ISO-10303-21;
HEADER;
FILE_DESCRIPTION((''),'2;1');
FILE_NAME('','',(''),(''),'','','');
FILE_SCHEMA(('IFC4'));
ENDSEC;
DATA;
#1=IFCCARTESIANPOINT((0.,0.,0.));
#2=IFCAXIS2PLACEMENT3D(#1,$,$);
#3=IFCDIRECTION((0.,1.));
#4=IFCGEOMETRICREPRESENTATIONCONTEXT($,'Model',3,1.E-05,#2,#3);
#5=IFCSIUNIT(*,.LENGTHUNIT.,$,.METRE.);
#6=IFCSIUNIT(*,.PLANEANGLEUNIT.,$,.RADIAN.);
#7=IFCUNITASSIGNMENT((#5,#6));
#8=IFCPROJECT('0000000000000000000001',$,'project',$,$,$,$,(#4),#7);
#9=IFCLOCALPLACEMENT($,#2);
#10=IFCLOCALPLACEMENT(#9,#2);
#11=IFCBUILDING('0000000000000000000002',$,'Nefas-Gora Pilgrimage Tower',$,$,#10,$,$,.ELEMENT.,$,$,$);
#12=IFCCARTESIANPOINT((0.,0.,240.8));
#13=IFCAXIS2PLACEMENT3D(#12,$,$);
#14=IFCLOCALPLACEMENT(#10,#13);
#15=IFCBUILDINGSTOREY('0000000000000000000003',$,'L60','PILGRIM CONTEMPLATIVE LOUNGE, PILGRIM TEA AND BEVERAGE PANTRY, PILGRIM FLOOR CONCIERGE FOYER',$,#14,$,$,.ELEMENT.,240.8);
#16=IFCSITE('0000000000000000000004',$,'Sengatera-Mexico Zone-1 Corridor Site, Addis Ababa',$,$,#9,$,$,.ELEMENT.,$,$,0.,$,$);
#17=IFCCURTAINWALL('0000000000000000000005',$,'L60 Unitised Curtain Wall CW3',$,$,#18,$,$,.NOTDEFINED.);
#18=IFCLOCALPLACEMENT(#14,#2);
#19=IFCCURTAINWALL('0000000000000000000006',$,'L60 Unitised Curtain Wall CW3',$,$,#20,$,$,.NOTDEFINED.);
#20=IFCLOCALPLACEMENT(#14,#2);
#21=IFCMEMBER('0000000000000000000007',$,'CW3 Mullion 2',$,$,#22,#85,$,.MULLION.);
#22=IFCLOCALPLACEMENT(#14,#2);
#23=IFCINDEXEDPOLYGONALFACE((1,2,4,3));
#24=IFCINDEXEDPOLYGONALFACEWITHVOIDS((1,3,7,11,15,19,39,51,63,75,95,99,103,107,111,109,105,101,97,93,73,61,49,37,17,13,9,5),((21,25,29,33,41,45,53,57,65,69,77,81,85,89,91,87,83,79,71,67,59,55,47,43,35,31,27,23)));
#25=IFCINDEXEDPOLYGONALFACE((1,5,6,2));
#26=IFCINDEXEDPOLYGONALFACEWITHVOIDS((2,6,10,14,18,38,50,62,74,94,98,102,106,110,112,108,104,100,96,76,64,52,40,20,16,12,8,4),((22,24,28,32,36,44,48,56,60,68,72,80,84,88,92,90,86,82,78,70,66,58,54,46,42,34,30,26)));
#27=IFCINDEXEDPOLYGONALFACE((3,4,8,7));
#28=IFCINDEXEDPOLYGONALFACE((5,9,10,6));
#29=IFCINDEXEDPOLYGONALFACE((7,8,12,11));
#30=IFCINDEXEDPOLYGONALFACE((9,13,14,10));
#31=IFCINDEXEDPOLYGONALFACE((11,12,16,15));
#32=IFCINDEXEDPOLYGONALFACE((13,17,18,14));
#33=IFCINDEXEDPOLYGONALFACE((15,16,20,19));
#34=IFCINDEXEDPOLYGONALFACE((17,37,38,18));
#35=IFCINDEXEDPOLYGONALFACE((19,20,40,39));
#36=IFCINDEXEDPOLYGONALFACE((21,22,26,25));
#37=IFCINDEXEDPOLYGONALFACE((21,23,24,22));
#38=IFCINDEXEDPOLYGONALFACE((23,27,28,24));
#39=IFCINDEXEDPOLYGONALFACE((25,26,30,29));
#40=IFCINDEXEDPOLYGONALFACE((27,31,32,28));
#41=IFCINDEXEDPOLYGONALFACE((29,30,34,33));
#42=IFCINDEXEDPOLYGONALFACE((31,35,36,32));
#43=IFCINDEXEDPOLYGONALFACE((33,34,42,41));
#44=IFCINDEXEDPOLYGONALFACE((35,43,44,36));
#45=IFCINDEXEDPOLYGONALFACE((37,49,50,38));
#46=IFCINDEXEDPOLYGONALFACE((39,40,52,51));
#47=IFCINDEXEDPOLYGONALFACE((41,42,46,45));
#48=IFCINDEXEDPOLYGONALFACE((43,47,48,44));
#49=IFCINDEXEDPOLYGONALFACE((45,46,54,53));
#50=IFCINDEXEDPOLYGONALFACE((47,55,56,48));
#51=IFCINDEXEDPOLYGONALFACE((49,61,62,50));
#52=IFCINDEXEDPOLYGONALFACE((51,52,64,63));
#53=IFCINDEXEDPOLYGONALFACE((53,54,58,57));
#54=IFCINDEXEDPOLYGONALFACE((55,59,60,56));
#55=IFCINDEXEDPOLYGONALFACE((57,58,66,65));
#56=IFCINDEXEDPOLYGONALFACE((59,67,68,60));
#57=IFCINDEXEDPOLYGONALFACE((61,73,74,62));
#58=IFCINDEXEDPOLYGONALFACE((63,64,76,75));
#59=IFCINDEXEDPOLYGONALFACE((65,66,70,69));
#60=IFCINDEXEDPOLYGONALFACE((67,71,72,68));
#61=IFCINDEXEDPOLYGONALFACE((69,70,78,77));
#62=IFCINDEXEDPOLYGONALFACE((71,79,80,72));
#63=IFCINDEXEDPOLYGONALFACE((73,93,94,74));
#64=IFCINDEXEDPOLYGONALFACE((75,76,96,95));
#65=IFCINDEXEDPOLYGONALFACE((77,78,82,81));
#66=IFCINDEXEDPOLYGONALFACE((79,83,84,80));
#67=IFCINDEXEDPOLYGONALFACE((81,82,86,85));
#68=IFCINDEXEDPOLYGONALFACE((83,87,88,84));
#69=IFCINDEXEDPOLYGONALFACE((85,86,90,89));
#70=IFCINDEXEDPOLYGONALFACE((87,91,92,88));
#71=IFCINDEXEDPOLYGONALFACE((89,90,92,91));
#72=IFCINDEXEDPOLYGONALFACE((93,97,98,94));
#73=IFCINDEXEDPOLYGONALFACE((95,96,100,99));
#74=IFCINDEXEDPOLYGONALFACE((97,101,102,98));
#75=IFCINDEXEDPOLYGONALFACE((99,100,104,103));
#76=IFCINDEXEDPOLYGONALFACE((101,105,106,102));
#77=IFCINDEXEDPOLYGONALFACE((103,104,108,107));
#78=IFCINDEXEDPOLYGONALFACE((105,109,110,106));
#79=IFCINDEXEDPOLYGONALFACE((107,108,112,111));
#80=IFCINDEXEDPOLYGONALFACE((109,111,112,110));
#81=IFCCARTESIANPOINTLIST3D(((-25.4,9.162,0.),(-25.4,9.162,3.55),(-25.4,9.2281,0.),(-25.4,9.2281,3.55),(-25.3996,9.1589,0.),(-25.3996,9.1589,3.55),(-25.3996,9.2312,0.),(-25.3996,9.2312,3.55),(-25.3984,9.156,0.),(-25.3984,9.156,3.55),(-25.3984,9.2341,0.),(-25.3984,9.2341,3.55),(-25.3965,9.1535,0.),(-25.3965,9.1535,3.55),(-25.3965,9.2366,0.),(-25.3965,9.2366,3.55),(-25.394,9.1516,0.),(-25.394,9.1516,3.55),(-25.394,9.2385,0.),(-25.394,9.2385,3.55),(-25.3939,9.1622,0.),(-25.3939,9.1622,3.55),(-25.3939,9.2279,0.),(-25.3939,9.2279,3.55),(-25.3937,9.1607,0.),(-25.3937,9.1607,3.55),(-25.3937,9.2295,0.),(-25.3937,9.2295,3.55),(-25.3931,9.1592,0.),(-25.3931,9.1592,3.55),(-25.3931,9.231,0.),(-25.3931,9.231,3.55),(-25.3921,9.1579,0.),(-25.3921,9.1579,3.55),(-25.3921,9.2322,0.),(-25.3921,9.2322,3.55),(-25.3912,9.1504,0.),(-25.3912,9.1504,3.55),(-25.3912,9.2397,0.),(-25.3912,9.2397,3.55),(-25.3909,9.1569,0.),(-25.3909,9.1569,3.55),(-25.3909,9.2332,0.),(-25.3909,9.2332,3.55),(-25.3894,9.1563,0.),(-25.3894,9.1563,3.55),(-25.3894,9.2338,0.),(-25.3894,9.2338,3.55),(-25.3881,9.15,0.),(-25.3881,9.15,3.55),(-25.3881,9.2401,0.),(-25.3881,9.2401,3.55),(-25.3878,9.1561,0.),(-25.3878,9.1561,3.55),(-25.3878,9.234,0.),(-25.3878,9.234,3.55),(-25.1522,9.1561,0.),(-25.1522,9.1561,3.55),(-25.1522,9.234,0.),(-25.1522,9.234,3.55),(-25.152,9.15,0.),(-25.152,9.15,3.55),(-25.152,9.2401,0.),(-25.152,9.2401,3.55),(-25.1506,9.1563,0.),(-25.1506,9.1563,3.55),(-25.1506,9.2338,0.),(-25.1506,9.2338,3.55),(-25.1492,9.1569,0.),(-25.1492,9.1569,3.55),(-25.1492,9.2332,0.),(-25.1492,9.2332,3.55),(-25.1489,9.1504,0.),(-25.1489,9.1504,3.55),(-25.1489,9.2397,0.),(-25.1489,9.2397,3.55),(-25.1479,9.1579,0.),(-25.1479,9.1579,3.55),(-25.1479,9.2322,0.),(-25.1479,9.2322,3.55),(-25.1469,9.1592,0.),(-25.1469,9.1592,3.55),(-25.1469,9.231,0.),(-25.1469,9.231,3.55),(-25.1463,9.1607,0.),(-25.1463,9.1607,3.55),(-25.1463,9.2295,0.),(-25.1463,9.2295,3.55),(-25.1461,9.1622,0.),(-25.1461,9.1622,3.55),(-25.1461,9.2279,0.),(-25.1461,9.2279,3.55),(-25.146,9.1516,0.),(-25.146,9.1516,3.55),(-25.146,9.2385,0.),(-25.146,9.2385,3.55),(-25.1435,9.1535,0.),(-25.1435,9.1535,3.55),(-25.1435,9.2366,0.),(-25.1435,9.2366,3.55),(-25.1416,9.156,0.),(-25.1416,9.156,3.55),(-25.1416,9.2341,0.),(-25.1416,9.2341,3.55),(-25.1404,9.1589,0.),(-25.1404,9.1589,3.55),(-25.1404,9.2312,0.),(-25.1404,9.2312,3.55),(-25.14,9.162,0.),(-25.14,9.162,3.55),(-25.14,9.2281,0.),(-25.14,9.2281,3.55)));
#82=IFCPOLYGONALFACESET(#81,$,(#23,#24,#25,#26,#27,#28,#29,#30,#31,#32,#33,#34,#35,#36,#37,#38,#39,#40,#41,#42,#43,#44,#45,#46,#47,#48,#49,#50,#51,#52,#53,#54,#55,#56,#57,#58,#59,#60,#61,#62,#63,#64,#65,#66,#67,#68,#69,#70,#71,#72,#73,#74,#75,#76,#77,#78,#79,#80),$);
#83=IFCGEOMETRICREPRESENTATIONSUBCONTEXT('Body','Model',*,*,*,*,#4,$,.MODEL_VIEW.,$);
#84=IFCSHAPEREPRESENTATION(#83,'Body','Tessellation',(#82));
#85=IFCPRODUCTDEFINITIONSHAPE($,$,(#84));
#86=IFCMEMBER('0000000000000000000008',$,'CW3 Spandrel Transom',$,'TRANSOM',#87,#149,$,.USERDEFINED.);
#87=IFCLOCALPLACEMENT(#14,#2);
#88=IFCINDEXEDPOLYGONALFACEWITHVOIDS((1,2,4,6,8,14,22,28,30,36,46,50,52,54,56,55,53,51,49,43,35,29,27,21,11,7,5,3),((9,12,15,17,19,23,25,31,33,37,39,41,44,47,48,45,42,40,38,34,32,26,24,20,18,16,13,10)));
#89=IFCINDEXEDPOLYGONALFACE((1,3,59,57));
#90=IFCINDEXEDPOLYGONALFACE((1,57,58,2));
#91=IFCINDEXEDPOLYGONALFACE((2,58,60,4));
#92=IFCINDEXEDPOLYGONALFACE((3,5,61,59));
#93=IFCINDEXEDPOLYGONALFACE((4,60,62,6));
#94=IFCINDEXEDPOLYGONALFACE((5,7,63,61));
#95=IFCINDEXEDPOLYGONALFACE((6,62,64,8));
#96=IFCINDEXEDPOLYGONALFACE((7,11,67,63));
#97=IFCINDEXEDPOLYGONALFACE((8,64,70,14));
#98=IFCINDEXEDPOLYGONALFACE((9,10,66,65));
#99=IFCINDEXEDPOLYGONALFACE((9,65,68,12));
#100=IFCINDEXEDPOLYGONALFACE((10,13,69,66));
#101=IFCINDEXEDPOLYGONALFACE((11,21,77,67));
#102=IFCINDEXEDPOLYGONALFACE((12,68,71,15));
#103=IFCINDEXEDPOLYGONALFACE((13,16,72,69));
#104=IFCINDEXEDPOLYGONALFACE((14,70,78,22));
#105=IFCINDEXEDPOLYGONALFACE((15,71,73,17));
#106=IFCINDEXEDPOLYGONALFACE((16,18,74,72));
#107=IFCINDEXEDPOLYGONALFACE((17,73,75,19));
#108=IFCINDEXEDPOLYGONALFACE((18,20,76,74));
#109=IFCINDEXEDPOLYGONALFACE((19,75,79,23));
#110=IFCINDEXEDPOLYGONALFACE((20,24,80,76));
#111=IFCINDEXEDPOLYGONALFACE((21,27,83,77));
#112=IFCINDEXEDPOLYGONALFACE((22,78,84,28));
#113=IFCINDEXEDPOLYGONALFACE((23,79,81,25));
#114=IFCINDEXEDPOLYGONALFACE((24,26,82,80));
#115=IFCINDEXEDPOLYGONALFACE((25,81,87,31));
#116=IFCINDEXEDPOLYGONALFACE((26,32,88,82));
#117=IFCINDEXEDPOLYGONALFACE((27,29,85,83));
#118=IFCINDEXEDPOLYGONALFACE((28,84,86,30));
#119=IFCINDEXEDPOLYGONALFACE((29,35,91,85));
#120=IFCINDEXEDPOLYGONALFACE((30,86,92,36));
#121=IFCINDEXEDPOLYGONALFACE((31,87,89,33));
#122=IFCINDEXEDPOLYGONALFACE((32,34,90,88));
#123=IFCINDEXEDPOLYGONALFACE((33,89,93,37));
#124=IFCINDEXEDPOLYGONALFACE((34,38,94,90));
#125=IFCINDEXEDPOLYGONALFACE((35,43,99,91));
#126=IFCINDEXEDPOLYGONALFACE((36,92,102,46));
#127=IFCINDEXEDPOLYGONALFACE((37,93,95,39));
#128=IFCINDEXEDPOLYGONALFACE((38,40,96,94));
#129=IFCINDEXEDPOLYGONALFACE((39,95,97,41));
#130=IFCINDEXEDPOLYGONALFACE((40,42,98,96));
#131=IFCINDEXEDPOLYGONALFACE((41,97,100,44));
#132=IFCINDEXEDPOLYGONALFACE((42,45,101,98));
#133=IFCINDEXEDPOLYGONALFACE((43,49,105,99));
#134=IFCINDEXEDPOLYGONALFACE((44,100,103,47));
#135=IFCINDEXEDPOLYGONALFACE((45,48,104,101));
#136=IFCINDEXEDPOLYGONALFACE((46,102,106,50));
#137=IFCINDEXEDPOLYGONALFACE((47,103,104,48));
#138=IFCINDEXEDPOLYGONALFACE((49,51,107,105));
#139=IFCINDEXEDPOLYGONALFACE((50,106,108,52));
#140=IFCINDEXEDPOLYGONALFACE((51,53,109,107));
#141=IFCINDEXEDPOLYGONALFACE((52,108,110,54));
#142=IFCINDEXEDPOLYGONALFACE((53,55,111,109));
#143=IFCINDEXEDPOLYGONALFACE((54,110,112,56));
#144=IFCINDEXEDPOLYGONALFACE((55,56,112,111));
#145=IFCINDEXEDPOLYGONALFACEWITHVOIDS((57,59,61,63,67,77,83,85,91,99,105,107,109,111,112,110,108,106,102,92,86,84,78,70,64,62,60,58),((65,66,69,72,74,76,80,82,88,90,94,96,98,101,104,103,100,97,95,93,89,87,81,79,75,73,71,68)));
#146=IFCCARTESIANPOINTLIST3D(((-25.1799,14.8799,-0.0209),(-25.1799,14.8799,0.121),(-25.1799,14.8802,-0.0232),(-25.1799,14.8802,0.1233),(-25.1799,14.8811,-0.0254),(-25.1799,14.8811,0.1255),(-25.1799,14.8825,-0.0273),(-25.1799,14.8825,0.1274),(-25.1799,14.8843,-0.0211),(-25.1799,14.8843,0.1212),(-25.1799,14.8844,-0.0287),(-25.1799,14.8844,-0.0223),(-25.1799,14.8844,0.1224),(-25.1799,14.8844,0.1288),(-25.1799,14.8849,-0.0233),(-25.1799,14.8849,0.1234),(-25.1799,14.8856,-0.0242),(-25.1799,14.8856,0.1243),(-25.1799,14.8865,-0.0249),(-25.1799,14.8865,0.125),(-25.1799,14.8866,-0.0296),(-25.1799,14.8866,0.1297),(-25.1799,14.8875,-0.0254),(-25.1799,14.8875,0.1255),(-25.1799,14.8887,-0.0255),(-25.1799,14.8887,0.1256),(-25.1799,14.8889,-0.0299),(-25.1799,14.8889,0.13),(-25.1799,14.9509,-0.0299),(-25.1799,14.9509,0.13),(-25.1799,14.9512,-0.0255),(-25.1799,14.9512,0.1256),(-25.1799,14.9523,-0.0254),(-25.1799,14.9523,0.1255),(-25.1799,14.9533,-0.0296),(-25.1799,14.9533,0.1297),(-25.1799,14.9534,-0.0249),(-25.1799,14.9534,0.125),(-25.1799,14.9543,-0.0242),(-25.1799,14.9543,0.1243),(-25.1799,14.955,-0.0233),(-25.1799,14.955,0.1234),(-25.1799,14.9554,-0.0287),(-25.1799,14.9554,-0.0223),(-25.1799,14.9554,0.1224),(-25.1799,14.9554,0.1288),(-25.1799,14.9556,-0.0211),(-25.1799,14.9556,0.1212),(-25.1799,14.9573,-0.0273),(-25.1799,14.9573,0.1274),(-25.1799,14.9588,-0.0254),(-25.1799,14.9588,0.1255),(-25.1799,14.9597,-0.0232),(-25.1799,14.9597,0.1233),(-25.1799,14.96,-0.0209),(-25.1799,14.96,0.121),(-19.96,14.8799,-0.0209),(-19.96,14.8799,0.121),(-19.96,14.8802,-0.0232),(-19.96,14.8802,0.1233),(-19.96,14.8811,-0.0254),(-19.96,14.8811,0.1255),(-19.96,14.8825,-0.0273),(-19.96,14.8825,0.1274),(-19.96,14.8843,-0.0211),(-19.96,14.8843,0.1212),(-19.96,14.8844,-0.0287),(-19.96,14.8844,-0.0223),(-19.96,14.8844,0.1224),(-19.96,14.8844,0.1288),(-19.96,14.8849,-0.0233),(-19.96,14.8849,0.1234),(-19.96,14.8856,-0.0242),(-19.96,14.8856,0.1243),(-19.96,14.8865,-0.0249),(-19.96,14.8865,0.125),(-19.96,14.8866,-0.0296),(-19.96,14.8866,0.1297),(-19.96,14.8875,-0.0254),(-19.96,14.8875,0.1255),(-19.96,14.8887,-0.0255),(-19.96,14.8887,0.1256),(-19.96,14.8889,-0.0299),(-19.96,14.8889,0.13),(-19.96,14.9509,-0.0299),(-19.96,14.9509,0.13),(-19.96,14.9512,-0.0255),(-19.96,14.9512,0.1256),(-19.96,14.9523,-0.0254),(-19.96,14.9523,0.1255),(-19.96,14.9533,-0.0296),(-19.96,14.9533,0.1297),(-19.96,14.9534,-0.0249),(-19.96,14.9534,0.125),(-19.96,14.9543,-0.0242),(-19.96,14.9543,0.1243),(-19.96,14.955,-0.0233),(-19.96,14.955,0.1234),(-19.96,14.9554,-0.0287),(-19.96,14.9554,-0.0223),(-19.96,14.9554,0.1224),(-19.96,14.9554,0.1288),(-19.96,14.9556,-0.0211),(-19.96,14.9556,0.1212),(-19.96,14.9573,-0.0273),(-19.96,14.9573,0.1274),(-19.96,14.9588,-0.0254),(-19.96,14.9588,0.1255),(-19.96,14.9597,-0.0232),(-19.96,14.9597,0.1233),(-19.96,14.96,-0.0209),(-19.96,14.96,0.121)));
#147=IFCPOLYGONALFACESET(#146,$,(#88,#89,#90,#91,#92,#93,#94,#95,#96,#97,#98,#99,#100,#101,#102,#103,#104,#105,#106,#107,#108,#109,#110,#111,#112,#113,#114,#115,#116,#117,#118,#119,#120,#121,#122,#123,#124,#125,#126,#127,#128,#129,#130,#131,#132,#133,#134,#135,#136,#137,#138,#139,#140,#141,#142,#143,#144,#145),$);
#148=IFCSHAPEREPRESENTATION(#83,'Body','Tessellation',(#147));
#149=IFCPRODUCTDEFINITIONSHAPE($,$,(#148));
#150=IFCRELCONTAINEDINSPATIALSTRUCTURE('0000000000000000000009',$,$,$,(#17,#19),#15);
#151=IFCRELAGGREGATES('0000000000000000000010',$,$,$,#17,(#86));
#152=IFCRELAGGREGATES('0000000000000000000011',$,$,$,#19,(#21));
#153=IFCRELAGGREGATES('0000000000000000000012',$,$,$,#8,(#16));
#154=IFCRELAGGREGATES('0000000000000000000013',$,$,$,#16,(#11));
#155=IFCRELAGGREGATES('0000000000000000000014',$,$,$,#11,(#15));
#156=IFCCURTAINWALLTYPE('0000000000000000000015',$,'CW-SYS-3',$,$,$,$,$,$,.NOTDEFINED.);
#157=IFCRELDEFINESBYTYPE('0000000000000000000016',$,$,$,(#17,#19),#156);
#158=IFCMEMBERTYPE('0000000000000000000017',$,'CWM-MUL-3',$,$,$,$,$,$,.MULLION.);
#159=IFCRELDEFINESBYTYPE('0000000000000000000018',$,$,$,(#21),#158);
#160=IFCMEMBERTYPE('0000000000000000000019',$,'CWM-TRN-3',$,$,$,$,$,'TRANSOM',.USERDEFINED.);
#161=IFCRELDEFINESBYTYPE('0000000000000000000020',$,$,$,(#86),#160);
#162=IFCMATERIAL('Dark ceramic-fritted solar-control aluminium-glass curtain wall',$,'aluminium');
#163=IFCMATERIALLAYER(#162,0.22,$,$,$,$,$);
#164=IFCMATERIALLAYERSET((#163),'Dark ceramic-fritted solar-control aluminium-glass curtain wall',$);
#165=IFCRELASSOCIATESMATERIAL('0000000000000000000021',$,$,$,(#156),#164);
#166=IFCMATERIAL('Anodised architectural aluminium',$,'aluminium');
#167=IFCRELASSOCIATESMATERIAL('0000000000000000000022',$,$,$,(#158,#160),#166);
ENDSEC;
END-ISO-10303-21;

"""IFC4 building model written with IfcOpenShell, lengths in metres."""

from ifc_helpers import new_model, si_unit, direction, frame, origin, origin_2d, place, context, subcontext, project, spatial, hollow_rectangle, extrude, source, transform, mapped, material, layer, layer_set, material_profile, profile_set, type_object, element, aggregate, save


model = new_model("IFC4")

# Units and contexts
model_context = context("Model", 3, precision=1e-05, world=origin(), true_north=direction((0.0, 1.0)))
body_context = subcontext(model_context, "Body", "Model", "MODEL_VIEW")
ifc_project = project(units=[si_unit("LENGTHUNIT", "METRE"), si_unit("PLANEANGLEUNIT", "RADIAN")], contexts=[model_context])

# Site, building, storey
site_placement = place(None, origin())
site = spatial("IfcSite", under=ifc_project, at=site_placement, Name="Sengatera-Mexico Zone-1 Corridor Site, Addis Ababa", CompositionType="ELEMENT", RefElevation=0.0)
building_placement = place(site_placement, origin())
building = spatial("IfcBuilding", under=site, at=building_placement, Name="Nefas-Gora Pilgrimage Tower", CompositionType="ELEMENT")
storey_placement = place(building_placement, frame((0.0, 0.0, 240.8)))
storey = spatial("IfcBuildingStorey", under=building, at=storey_placement, Name="L60", Description="PILGRIM CONTEMPLATIVE LOUNGE, PILGRIM TEA AND BEVERAGE PANTRY, PILGRIM FLOOR CONCIERGE FOYER", CompositionType="ELEMENT", Elevation=240.8)

# Shared definitions
ifc_material_1 = material(Name="Dark ceramic-fritted solar-control aluminium-glass curtain wall", Category="aluminium")
ifc_material_2 = material(Name="Anodised architectural aluminium", Category="aluminium")

# Curtain walls, member
ifc_layer_1 = layer(ifc_material_1, 0.22)
ifc_layer_set_1 = layer_set([ifc_layer_1], Name="Dark ceramic-fritted solar-control aluminium-glass curtain wall")
curtain_wall_type_1 = type_object("IfcCurtainWallType", Name="CW-SYS-3", PredefinedType="NOTDEFINED", material=ifc_layer_set_1)
curtain_wall_1_placement = place(storey_placement, origin())
curtain_wall_1 = element("IfcCurtainWall", 1, at=curtain_wall_1_placement, inside=storey, type_object=curtain_wall_type_1, Name="L60 Unitised Curtain Wall CW3", PredefinedType="NOTDEFINED")
ifc_material_profile_1 = material_profile(ifc_material_2, hollow_rectangle(XDim=0.0901, YDim=0.26, WallThickness=0.0061, InnerFilletRadius=0.0061, OuterFilletRadius=0.012, at=origin_2d()), Name="ALU MULLION 90x260")
ifc_profile_set_1 = profile_set([ifc_material_profile_1], Name="Anodised architectural aluminium")
member_type_1 = type_object("IfcMemberType", Name="CWM-MUL-3", PredefinedType="MULLION", material=ifc_profile_set_1)
shared_shape_1 = source(origin(), body_context, "Body", "SweptSolid", [
    extrude(hollow_rectangle(XDim=0.0901, YDim=0.26, WallThickness=0.0061, InnerFilletRadius=0.0061, OuterFilletRadius=0.012, at=origin_2d()), origin(), (0.0, 0.0, 1.0), 3.55),
])
curtain_wall_2_placement = place(storey_placement, origin())
curtain_wall_2 = element("IfcCurtainWall", 2, at=curtain_wall_2_placement, inside=storey, type_object=curtain_wall_type_1, Name="L60 Unitised Curtain Wall CW3", PredefinedType="NOTDEFINED")
member_1_placement = place(storey_placement, frame((-25.27, 9.1951, 0.0), z_axis=(0.0, 0.0, 1.0), x_axis=(0.0, -1.0, 0.0)))
member_1 = element("IfcMember", 3, at=member_1_placement, type_object=member_type_1, Name="CW3 Mullion 2", PredefinedType="MULLION", context=body_context, shape_type="MappedRepresentation", body=[
    mapped(shared_shape_1, transform((0.0, 0.0, 0.0), x_axis=(1.0, 0.0, 0.0), y_axis=(0.0, 1.0, 0.0), z_axis=(0.0, 0.0, 1.0), scale=1.0)),
])

# Member
ifc_material_profile_2 = material_profile(ifc_material_2, hollow_rectangle(XDim=0.0801, YDim=0.1599, WallThickness=0.0044, InnerFilletRadius=0.0044, OuterFilletRadius=0.009, at=origin_2d()), Name="ALU TRANSOM 80x160")
ifc_profile_set_2 = profile_set([ifc_material_profile_2], Name="Anodised architectural aluminium")
member_type_2 = type_object("IfcMemberType", Name="CWM-TRN-3", ElementType="TRANSOM", PredefinedType="USERDEFINED", material=ifc_profile_set_2)
shared_shape_2 = source(origin(), body_context, "Body", "SweptSolid", [
    extrude(hollow_rectangle(XDim=0.0801, YDim=0.1599, WallThickness=0.0044, InnerFilletRadius=0.0044, OuterFilletRadius=0.009, at=origin_2d()), origin(), (0.0, 0.0, 1.0), 5.22),
])
member_2_placement = place(storey_placement, frame((-19.96, 14.9199, 0.05), z_axis=(-1.0, 0.0, 0.0), x_axis=(0.0, -1.0, 0.0)))
member_2 = element("IfcMember", 4, at=member_2_placement, type_object=member_type_2, Name="CW3 Spandrel Transom", ObjectType="TRANSOM", PredefinedType="USERDEFINED", context=body_context, shape_type="MappedRepresentation", body=[
    mapped(shared_shape_2, transform((0.0, 0.0, 0.0), x_axis=(1.0, 0.0, 0.0), y_axis=(0.0, 1.0, 0.0), z_axis=(0.0, 0.0, 1.0), scale=1.0)),
])

aggregate(curtain_wall_1, [member_2])
aggregate(curtain_wall_2, [member_1])

save(model, "model.ifc")
